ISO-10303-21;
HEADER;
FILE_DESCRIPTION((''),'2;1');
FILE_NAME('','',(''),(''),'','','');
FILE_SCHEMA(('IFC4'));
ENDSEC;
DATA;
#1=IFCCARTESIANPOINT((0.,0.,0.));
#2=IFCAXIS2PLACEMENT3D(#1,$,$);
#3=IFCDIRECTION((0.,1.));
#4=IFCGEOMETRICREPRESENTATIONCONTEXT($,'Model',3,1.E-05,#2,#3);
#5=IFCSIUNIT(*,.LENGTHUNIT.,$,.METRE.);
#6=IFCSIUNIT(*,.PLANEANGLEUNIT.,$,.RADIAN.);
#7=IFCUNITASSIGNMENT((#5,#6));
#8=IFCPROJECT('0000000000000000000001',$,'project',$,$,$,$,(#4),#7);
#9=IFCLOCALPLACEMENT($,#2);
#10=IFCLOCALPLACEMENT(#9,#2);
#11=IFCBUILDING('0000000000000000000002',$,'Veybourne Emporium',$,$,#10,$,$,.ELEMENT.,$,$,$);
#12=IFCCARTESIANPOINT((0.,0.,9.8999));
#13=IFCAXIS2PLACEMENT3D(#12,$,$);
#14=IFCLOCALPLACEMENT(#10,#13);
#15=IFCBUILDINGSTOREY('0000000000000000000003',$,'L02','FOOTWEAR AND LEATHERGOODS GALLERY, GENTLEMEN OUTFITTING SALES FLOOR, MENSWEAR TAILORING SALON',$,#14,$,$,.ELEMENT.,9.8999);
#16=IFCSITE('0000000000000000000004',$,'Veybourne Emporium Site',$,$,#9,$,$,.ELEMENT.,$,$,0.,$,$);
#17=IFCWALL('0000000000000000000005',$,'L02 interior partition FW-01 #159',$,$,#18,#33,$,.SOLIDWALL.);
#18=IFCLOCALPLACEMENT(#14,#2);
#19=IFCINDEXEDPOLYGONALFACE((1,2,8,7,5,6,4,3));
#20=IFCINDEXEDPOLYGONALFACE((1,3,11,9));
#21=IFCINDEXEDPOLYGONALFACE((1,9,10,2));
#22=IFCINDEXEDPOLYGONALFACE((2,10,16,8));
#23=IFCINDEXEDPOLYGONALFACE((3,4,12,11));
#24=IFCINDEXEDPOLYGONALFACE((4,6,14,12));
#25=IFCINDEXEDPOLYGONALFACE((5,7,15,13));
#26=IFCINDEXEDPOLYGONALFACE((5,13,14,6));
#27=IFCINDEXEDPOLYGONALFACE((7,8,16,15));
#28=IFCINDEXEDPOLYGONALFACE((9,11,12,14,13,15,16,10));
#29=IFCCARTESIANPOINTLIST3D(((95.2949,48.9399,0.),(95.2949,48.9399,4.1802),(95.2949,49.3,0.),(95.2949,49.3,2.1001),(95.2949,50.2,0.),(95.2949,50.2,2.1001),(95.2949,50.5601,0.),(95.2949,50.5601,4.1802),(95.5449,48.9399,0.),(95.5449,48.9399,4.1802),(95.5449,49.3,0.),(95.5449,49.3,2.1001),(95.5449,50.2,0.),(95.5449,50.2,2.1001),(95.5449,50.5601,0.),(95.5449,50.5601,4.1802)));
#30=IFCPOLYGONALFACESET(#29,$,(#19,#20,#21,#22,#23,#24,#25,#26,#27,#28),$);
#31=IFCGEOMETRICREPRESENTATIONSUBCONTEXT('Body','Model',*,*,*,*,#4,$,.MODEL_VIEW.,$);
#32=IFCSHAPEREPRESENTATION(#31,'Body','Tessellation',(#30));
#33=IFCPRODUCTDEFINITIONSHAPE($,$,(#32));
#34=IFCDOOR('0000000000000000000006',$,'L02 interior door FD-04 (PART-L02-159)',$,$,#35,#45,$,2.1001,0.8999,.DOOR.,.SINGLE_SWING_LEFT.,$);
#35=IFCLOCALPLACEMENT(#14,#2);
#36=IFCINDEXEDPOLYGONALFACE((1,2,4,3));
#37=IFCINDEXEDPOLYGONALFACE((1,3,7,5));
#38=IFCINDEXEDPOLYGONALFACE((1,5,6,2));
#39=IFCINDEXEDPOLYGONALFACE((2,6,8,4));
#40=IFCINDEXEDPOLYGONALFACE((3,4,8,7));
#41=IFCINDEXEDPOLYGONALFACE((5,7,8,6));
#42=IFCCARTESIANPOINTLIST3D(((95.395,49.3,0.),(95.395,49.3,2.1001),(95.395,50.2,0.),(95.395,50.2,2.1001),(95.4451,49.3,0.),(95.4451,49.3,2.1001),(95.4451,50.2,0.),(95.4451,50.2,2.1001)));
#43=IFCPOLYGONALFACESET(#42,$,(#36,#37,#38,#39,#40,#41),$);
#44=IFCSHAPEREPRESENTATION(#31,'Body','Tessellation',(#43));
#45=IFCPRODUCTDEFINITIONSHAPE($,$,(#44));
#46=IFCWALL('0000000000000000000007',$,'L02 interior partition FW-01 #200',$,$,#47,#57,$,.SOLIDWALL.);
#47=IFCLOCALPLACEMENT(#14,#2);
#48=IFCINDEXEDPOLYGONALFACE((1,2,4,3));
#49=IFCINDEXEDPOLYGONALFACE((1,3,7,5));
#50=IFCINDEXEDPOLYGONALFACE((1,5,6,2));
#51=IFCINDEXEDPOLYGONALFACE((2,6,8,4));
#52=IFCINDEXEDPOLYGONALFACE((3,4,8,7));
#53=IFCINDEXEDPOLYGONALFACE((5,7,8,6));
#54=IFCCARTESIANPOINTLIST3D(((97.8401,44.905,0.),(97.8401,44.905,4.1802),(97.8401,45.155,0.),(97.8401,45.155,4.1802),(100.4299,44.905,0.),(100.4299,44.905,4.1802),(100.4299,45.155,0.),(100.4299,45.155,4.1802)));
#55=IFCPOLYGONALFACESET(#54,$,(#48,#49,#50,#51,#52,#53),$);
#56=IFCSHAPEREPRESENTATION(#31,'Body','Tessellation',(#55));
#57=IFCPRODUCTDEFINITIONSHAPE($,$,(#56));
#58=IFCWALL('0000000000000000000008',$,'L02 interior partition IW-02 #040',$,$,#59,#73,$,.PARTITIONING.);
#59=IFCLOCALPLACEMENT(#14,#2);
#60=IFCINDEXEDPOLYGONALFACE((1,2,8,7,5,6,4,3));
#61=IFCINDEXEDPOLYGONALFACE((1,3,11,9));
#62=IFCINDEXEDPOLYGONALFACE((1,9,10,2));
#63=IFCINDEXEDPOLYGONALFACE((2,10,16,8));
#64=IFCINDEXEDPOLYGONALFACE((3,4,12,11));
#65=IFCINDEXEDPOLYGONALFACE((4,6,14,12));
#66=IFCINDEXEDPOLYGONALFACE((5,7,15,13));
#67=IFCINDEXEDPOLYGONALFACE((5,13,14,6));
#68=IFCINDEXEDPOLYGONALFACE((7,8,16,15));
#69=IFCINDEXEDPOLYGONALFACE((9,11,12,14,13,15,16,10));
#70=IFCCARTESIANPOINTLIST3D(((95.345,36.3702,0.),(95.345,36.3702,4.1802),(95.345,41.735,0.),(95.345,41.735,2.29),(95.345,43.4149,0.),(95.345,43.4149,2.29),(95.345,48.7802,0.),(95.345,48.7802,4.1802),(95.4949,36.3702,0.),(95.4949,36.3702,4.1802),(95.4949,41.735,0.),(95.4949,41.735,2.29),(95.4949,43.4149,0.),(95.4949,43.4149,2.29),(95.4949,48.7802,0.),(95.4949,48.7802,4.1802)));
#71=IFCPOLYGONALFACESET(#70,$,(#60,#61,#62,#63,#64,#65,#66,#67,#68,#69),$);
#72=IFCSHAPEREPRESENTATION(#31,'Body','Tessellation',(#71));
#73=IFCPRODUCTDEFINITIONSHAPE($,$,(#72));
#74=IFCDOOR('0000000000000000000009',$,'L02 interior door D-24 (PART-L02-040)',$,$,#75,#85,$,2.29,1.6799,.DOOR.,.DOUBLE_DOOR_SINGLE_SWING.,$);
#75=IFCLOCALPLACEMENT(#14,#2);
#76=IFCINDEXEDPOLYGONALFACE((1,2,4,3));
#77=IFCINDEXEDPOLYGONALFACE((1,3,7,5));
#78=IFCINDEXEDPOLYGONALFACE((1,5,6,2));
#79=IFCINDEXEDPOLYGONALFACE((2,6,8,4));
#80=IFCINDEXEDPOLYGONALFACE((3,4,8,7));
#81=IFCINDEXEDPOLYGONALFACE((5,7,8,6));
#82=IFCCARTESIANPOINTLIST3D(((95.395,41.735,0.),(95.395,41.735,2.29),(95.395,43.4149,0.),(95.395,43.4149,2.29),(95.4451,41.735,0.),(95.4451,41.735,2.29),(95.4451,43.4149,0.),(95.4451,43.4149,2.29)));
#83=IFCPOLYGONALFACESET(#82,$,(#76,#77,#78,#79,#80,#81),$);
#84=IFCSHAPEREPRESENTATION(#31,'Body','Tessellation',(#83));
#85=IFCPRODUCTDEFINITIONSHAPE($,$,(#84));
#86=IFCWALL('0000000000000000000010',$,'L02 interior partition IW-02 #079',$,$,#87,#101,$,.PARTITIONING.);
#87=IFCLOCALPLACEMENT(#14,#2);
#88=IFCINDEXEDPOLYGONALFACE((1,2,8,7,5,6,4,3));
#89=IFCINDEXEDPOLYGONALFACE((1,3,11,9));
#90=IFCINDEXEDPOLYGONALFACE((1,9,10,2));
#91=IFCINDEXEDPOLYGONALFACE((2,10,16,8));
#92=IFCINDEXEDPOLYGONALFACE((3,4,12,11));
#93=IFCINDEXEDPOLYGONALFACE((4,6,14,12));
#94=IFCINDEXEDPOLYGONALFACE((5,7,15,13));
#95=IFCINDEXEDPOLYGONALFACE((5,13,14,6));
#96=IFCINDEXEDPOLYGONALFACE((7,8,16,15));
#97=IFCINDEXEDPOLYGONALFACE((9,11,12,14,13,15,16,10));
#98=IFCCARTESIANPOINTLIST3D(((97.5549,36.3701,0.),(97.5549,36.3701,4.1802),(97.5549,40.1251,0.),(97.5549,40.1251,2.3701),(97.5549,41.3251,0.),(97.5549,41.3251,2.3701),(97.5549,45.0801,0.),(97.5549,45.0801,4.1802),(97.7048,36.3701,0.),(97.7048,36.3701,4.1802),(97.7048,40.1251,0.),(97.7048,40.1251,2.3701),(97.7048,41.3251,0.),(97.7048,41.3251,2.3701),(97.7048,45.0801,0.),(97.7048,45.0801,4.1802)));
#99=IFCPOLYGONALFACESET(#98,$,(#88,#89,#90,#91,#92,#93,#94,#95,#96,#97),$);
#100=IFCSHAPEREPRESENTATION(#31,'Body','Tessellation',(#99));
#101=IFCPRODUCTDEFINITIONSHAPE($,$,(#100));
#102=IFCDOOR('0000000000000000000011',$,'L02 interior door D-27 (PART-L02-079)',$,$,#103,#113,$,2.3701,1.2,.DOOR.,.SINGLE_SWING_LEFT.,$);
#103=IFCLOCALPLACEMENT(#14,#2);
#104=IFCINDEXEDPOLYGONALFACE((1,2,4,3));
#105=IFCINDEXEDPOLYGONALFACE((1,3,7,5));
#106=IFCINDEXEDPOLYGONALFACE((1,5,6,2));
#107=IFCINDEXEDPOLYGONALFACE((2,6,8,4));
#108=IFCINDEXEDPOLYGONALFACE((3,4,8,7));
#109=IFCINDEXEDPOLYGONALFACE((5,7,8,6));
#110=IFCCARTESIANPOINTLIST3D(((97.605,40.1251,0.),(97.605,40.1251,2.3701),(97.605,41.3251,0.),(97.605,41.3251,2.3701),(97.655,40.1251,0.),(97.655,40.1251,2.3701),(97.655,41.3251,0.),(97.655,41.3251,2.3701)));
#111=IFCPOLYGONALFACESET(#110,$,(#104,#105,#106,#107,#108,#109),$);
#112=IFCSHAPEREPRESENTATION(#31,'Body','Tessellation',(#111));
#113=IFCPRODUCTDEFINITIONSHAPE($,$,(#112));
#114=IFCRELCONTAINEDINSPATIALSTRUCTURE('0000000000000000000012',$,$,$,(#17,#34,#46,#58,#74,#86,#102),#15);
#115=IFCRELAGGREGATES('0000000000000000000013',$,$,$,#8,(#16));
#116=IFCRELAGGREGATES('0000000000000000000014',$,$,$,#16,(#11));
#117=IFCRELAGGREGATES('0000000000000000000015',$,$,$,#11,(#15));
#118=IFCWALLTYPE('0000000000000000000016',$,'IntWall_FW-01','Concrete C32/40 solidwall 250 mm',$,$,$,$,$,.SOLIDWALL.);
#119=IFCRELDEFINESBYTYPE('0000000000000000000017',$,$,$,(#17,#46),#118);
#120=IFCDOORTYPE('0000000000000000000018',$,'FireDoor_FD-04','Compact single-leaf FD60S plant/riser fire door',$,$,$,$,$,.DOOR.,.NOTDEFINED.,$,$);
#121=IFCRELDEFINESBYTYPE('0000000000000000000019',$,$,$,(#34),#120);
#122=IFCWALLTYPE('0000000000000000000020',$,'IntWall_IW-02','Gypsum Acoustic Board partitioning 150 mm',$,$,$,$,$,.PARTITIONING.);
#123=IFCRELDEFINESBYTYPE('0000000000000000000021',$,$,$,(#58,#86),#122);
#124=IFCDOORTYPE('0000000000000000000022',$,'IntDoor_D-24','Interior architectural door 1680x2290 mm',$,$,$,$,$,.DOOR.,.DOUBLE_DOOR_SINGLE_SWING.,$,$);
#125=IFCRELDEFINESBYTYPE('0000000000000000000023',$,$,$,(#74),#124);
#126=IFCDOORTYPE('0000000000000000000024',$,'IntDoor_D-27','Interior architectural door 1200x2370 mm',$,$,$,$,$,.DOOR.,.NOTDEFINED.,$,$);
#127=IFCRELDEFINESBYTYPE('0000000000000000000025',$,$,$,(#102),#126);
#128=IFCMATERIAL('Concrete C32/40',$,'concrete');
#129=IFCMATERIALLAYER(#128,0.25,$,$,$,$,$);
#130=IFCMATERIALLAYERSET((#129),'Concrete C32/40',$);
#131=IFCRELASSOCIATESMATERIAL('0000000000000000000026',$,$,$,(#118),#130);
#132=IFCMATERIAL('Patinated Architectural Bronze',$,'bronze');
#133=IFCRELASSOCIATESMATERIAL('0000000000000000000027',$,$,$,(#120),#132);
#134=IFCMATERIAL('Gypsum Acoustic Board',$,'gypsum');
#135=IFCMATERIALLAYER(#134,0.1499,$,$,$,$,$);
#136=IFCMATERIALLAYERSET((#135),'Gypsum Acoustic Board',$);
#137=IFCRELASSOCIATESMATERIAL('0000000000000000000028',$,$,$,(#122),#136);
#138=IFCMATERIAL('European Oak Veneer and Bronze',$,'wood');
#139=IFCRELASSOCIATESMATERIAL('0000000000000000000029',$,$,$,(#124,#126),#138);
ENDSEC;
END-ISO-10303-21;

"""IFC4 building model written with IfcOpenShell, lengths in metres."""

from ifc_helpers import new_model, si_unit, direction, frame, frame_2d, origin, place, context, subcontext, project, spatial, rectangle, extrude, material, layer, layer_set, type_object, element, fill, save


model = new_model("IFC4")

# Units and contexts
model_context = context("Model", 3, precision=1e-05, world=origin(), true_north=direction((0.0, 1.0)))
body_context = subcontext(model_context, "Body", "Model", "MODEL_VIEW")
ifc_project = project(units=[si_unit("LENGTHUNIT", "METRE"), si_unit("PLANEANGLEUNIT", "RADIAN")], contexts=[model_context])

# Site, building, storey
site_placement = place(None, origin())
site = spatial("IfcSite", under=ifc_project, at=site_placement, Name="Veybourne Emporium Site", CompositionType="ELEMENT", RefElevation=0.0)
building_placement = place(site_placement, origin())
building = spatial("IfcBuilding", under=site, at=building_placement, Name="Veybourne Emporium", CompositionType="ELEMENT")
storey_placement = place(building_placement, frame((0.0, 0.0, 9.8999)))
storey = spatial("IfcBuildingStorey", under=building, at=storey_placement, Name="L02", Description="FOOTWEAR AND LEATHERGOODS GALLERY, GENTLEMEN OUTFITTING SALES FLOOR, MENSWEAR TAILORING SALON", CompositionType="ELEMENT", Elevation=9.8999)

# Shared definitions
ifc_material_1 = material(Name="Patinated Architectural Bronze", Category="bronze")

# Shared definitions
ifc_material_2 = material(Name="Concrete C32/40", Category="concrete")

# Wall, opening, door
ifc_layer_1 = layer(ifc_material_2, 0.25)
ifc_layer_set_1 = layer_set([ifc_layer_1], Name="Concrete C32/40")
wall_type_1 = type_object("IfcWallType", Name="IntWall_FW-01", Description="Concrete C32/40 solidwall 250 mm", PredefinedType="SOLIDWALL", material=ifc_layer_set_1)
wall_1_placement = place(storey_placement, frame((95.4199, 48.9399, 0.0), z_axis=(0.0, 0.0, 1.0), x_axis=(0.0, 1.0, 0.0)))
wall_1 = element("IfcWall", 1, at=wall_1_placement, inside=storey, type_object=wall_type_1, Name="L02 interior partition FW-01 #159", PredefinedType="SOLIDWALL", context=body_context, shape_type="SweptSolid", body=[
    extrude(rectangle(XDim=1.6201, YDim=0.25, at=frame_2d((0.8101, 0.0))), origin(), (0.0, 0.0, 1.0), 4.1802),
])
opening_1_placement = place(wall_1_placement, frame((0.3601, 0.0, 0.0)))
opening_1 = element("IfcOpeningElement", 2, at=opening_1_placement, cuts=wall_1, PredefinedType="OPENING", context=body_context, shape_type="SweptSolid", body=[
    extrude(rectangle(XDim=0.8999, YDim=2.1001, at=frame_2d((0.45, 1.05))), frame((0.0, 0.145, 0.0), z_axis=(0.0, -1.0, 0.0), x_axis=(1.0, 0.0, 0.0)), (0.0, 0.0, 1.0), 0.29),
])
door_type_1 = type_object("IfcDoorType", Name="FireDoor_FD-04", Description="Compact single-leaf FD60S plant/riser fire door", OperationType="NOTDEFINED", PredefinedType="DOOR", material=ifc_material_1)
door_1_placement = place(opening_1_placement, origin())
door_1 = element("IfcDoor", 3, at=door_1_placement, inside=storey, type_object=door_type_1, Name="L02 interior door FD-04 (PART-L02-159)", OperationType="SINGLE_SWING_LEFT", OverallHeight=2.1001, OverallWidth=0.8999, PredefinedType="DOOR", context=body_context, shape_type="SweptSolid", body=[
    extrude(rectangle(XDim=0.8999, YDim=2.1001, at=frame_2d((0.45, 1.05))), frame((0.0, 0.0249, 0.0), z_axis=(0.0, -1.0, 0.0), x_axis=(1.0, 0.0, 0.0)), (0.0, 0.0, 1.0), 0.05),
])
fill(opening_1, door_1)

# Wall
wall_2_placement = place(storey_placement, frame((97.8401, 45.03, 0.0), z_axis=(0.0, 0.0, 1.0), x_axis=(1.0, 0.0, 0.0)))
element("IfcWall", 4, at=wall_2_placement, inside=storey, type_object=wall_type_1, Name="L02 interior partition FW-01 #200", PredefinedType="SOLIDWALL", context=body_context, shape_type="SweptSolid", body=[
    extrude(rectangle(XDim=2.5898, YDim=0.25, at=frame_2d((1.2949, 0.0))), origin(), (0.0, 0.0, 1.0), 4.1802),
])

# Walls, openings, doors
ifc_material_3 = material(Name="Gypsum Acoustic Board", Category="gypsum")
ifc_layer_2 = layer(ifc_material_3, 0.1499)
ifc_layer_set_2 = layer_set([ifc_layer_2], Name="Gypsum Acoustic Board")
wall_type_2 = type_object("IfcWallType", Name="IntWall_IW-02", Description="Gypsum Acoustic Board partitioning 150 mm", PredefinedType="PARTITIONING", material=ifc_layer_set_2)
wall_3_placement = place(storey_placement, frame((95.4199, 36.3701, 0.0), z_axis=(0.0, 0.0, 1.0), x_axis=(0.0, 1.0, 0.0)))
wall_3 = element("IfcWall", 5, at=wall_3_placement, inside=storey, type_object=wall_type_2, Name="L02 interior partition IW-02 #040", PredefinedType="PARTITIONING", context=body_context, shape_type="SweptSolid", body=[
    extrude(rectangle(XDim=12.4099, YDim=0.1499, at=frame_2d((6.2051, 0.0))), origin(), (0.0, 0.0, 1.0), 4.1802),
])
opening_2_placement = place(wall_3_placement, frame((5.365, 0.0, 0.0)))
opening_2 = element("IfcOpeningElement", 6, at=opening_2_placement, cuts=wall_3, PredefinedType="OPENING", context=body_context, shape_type="SweptSolid", body=[
    extrude(rectangle(XDim=1.6799, YDim=2.29, at=frame_2d((0.8398, 1.145))), frame((0.0, 0.095, 0.0), z_axis=(0.0, -1.0, 0.0), x_axis=(1.0, 0.0, 0.0)), (0.0, 0.0, 1.0), 0.1899),
])
ifc_material_4 = material(Name="European Oak Veneer and Bronze", Category="wood")
door_type_2 = type_object("IfcDoorType", Name="IntDoor_D-24", Description="Interior architectural door 1680x2290 mm", OperationType="DOUBLE_DOOR_SINGLE_SWING", PredefinedType="DOOR", material=ifc_material_4)
door_2_placement = place(opening_2_placement, origin())
door_2 = element("IfcDoor", 7, at=door_2_placement, inside=storey, type_object=door_type_2, Name="L02 interior door D-24 (PART-L02-040)", OperationType="DOUBLE_DOOR_SINGLE_SWING", OverallHeight=2.29, OverallWidth=1.6799, PredefinedType="DOOR", context=body_context, shape_type="SweptSolid", body=[
    extrude(rectangle(XDim=1.6799, YDim=2.29, at=frame_2d((0.8398, 1.145))), frame((0.0, 0.0249, 0.0), z_axis=(0.0, -1.0, 0.0), x_axis=(1.0, 0.0, 0.0)), (0.0, 0.0, 1.0), 0.05),
])
fill(opening_2, door_2)
wall_4_placement = place(storey_placement, frame((97.6299, 36.3701, 0.0), z_axis=(0.0, 0.0, 1.0), x_axis=(0.0, 1.0, 0.0)))
wall_4 = element("IfcWall", 8, at=wall_4_placement, inside=storey, type_object=wall_type_2, Name="L02 interior partition IW-02 #079", PredefinedType="PARTITIONING", context=body_context, shape_type="SweptSolid", body=[
    extrude(rectangle(XDim=8.71, YDim=0.1499, at=frame_2d((4.355, 0.0))), origin(), (0.0, 0.0, 1.0), 4.1802),
])
opening_3_placement = place(wall_4_placement, frame((3.7549, 0.0, 0.0)))
opening_3 = element("IfcOpeningElement", 9, at=opening_3_placement, cuts=wall_4, PredefinedType="OPENING", context=body_context, shape_type="SweptSolid", body=[
    extrude(rectangle(XDim=1.2, YDim=2.3701, at=frame_2d((0.6001, 1.1851))), frame((0.0, 0.095, 0.0), z_axis=(0.0, -1.0, 0.0), x_axis=(1.0, 0.0, 0.0)), (0.0, 0.0, 1.0), 0.1899),
])
door_type_3 = type_object("IfcDoorType", Name="IntDoor_D-27", Description="Interior architectural door 1200x2370 mm", OperationType="NOTDEFINED", PredefinedType="DOOR", material=ifc_material_4)
door_3_placement = place(opening_3_placement, origin())
door_3 = element("IfcDoor", 10, at=door_3_placement, inside=storey, type_object=door_type_3, Name="L02 interior door D-27 (PART-L02-079)", OperationType="SINGLE_SWING_LEFT", OverallHeight=2.3701, OverallWidth=1.2, PredefinedType="DOOR", context=body_context, shape_type="SweptSolid", body=[
    extrude(rectangle(XDim=1.2, YDim=2.3701, at=frame_2d((0.6001, 1.1851))), frame((0.0, 0.0249, 0.0), z_axis=(0.0, -1.0, 0.0), x_axis=(1.0, 0.0, 0.0)), (0.0, 0.0, 1.0), 0.05),
])
fill(opening_3, door_3)

save(model, "model.ifc")
